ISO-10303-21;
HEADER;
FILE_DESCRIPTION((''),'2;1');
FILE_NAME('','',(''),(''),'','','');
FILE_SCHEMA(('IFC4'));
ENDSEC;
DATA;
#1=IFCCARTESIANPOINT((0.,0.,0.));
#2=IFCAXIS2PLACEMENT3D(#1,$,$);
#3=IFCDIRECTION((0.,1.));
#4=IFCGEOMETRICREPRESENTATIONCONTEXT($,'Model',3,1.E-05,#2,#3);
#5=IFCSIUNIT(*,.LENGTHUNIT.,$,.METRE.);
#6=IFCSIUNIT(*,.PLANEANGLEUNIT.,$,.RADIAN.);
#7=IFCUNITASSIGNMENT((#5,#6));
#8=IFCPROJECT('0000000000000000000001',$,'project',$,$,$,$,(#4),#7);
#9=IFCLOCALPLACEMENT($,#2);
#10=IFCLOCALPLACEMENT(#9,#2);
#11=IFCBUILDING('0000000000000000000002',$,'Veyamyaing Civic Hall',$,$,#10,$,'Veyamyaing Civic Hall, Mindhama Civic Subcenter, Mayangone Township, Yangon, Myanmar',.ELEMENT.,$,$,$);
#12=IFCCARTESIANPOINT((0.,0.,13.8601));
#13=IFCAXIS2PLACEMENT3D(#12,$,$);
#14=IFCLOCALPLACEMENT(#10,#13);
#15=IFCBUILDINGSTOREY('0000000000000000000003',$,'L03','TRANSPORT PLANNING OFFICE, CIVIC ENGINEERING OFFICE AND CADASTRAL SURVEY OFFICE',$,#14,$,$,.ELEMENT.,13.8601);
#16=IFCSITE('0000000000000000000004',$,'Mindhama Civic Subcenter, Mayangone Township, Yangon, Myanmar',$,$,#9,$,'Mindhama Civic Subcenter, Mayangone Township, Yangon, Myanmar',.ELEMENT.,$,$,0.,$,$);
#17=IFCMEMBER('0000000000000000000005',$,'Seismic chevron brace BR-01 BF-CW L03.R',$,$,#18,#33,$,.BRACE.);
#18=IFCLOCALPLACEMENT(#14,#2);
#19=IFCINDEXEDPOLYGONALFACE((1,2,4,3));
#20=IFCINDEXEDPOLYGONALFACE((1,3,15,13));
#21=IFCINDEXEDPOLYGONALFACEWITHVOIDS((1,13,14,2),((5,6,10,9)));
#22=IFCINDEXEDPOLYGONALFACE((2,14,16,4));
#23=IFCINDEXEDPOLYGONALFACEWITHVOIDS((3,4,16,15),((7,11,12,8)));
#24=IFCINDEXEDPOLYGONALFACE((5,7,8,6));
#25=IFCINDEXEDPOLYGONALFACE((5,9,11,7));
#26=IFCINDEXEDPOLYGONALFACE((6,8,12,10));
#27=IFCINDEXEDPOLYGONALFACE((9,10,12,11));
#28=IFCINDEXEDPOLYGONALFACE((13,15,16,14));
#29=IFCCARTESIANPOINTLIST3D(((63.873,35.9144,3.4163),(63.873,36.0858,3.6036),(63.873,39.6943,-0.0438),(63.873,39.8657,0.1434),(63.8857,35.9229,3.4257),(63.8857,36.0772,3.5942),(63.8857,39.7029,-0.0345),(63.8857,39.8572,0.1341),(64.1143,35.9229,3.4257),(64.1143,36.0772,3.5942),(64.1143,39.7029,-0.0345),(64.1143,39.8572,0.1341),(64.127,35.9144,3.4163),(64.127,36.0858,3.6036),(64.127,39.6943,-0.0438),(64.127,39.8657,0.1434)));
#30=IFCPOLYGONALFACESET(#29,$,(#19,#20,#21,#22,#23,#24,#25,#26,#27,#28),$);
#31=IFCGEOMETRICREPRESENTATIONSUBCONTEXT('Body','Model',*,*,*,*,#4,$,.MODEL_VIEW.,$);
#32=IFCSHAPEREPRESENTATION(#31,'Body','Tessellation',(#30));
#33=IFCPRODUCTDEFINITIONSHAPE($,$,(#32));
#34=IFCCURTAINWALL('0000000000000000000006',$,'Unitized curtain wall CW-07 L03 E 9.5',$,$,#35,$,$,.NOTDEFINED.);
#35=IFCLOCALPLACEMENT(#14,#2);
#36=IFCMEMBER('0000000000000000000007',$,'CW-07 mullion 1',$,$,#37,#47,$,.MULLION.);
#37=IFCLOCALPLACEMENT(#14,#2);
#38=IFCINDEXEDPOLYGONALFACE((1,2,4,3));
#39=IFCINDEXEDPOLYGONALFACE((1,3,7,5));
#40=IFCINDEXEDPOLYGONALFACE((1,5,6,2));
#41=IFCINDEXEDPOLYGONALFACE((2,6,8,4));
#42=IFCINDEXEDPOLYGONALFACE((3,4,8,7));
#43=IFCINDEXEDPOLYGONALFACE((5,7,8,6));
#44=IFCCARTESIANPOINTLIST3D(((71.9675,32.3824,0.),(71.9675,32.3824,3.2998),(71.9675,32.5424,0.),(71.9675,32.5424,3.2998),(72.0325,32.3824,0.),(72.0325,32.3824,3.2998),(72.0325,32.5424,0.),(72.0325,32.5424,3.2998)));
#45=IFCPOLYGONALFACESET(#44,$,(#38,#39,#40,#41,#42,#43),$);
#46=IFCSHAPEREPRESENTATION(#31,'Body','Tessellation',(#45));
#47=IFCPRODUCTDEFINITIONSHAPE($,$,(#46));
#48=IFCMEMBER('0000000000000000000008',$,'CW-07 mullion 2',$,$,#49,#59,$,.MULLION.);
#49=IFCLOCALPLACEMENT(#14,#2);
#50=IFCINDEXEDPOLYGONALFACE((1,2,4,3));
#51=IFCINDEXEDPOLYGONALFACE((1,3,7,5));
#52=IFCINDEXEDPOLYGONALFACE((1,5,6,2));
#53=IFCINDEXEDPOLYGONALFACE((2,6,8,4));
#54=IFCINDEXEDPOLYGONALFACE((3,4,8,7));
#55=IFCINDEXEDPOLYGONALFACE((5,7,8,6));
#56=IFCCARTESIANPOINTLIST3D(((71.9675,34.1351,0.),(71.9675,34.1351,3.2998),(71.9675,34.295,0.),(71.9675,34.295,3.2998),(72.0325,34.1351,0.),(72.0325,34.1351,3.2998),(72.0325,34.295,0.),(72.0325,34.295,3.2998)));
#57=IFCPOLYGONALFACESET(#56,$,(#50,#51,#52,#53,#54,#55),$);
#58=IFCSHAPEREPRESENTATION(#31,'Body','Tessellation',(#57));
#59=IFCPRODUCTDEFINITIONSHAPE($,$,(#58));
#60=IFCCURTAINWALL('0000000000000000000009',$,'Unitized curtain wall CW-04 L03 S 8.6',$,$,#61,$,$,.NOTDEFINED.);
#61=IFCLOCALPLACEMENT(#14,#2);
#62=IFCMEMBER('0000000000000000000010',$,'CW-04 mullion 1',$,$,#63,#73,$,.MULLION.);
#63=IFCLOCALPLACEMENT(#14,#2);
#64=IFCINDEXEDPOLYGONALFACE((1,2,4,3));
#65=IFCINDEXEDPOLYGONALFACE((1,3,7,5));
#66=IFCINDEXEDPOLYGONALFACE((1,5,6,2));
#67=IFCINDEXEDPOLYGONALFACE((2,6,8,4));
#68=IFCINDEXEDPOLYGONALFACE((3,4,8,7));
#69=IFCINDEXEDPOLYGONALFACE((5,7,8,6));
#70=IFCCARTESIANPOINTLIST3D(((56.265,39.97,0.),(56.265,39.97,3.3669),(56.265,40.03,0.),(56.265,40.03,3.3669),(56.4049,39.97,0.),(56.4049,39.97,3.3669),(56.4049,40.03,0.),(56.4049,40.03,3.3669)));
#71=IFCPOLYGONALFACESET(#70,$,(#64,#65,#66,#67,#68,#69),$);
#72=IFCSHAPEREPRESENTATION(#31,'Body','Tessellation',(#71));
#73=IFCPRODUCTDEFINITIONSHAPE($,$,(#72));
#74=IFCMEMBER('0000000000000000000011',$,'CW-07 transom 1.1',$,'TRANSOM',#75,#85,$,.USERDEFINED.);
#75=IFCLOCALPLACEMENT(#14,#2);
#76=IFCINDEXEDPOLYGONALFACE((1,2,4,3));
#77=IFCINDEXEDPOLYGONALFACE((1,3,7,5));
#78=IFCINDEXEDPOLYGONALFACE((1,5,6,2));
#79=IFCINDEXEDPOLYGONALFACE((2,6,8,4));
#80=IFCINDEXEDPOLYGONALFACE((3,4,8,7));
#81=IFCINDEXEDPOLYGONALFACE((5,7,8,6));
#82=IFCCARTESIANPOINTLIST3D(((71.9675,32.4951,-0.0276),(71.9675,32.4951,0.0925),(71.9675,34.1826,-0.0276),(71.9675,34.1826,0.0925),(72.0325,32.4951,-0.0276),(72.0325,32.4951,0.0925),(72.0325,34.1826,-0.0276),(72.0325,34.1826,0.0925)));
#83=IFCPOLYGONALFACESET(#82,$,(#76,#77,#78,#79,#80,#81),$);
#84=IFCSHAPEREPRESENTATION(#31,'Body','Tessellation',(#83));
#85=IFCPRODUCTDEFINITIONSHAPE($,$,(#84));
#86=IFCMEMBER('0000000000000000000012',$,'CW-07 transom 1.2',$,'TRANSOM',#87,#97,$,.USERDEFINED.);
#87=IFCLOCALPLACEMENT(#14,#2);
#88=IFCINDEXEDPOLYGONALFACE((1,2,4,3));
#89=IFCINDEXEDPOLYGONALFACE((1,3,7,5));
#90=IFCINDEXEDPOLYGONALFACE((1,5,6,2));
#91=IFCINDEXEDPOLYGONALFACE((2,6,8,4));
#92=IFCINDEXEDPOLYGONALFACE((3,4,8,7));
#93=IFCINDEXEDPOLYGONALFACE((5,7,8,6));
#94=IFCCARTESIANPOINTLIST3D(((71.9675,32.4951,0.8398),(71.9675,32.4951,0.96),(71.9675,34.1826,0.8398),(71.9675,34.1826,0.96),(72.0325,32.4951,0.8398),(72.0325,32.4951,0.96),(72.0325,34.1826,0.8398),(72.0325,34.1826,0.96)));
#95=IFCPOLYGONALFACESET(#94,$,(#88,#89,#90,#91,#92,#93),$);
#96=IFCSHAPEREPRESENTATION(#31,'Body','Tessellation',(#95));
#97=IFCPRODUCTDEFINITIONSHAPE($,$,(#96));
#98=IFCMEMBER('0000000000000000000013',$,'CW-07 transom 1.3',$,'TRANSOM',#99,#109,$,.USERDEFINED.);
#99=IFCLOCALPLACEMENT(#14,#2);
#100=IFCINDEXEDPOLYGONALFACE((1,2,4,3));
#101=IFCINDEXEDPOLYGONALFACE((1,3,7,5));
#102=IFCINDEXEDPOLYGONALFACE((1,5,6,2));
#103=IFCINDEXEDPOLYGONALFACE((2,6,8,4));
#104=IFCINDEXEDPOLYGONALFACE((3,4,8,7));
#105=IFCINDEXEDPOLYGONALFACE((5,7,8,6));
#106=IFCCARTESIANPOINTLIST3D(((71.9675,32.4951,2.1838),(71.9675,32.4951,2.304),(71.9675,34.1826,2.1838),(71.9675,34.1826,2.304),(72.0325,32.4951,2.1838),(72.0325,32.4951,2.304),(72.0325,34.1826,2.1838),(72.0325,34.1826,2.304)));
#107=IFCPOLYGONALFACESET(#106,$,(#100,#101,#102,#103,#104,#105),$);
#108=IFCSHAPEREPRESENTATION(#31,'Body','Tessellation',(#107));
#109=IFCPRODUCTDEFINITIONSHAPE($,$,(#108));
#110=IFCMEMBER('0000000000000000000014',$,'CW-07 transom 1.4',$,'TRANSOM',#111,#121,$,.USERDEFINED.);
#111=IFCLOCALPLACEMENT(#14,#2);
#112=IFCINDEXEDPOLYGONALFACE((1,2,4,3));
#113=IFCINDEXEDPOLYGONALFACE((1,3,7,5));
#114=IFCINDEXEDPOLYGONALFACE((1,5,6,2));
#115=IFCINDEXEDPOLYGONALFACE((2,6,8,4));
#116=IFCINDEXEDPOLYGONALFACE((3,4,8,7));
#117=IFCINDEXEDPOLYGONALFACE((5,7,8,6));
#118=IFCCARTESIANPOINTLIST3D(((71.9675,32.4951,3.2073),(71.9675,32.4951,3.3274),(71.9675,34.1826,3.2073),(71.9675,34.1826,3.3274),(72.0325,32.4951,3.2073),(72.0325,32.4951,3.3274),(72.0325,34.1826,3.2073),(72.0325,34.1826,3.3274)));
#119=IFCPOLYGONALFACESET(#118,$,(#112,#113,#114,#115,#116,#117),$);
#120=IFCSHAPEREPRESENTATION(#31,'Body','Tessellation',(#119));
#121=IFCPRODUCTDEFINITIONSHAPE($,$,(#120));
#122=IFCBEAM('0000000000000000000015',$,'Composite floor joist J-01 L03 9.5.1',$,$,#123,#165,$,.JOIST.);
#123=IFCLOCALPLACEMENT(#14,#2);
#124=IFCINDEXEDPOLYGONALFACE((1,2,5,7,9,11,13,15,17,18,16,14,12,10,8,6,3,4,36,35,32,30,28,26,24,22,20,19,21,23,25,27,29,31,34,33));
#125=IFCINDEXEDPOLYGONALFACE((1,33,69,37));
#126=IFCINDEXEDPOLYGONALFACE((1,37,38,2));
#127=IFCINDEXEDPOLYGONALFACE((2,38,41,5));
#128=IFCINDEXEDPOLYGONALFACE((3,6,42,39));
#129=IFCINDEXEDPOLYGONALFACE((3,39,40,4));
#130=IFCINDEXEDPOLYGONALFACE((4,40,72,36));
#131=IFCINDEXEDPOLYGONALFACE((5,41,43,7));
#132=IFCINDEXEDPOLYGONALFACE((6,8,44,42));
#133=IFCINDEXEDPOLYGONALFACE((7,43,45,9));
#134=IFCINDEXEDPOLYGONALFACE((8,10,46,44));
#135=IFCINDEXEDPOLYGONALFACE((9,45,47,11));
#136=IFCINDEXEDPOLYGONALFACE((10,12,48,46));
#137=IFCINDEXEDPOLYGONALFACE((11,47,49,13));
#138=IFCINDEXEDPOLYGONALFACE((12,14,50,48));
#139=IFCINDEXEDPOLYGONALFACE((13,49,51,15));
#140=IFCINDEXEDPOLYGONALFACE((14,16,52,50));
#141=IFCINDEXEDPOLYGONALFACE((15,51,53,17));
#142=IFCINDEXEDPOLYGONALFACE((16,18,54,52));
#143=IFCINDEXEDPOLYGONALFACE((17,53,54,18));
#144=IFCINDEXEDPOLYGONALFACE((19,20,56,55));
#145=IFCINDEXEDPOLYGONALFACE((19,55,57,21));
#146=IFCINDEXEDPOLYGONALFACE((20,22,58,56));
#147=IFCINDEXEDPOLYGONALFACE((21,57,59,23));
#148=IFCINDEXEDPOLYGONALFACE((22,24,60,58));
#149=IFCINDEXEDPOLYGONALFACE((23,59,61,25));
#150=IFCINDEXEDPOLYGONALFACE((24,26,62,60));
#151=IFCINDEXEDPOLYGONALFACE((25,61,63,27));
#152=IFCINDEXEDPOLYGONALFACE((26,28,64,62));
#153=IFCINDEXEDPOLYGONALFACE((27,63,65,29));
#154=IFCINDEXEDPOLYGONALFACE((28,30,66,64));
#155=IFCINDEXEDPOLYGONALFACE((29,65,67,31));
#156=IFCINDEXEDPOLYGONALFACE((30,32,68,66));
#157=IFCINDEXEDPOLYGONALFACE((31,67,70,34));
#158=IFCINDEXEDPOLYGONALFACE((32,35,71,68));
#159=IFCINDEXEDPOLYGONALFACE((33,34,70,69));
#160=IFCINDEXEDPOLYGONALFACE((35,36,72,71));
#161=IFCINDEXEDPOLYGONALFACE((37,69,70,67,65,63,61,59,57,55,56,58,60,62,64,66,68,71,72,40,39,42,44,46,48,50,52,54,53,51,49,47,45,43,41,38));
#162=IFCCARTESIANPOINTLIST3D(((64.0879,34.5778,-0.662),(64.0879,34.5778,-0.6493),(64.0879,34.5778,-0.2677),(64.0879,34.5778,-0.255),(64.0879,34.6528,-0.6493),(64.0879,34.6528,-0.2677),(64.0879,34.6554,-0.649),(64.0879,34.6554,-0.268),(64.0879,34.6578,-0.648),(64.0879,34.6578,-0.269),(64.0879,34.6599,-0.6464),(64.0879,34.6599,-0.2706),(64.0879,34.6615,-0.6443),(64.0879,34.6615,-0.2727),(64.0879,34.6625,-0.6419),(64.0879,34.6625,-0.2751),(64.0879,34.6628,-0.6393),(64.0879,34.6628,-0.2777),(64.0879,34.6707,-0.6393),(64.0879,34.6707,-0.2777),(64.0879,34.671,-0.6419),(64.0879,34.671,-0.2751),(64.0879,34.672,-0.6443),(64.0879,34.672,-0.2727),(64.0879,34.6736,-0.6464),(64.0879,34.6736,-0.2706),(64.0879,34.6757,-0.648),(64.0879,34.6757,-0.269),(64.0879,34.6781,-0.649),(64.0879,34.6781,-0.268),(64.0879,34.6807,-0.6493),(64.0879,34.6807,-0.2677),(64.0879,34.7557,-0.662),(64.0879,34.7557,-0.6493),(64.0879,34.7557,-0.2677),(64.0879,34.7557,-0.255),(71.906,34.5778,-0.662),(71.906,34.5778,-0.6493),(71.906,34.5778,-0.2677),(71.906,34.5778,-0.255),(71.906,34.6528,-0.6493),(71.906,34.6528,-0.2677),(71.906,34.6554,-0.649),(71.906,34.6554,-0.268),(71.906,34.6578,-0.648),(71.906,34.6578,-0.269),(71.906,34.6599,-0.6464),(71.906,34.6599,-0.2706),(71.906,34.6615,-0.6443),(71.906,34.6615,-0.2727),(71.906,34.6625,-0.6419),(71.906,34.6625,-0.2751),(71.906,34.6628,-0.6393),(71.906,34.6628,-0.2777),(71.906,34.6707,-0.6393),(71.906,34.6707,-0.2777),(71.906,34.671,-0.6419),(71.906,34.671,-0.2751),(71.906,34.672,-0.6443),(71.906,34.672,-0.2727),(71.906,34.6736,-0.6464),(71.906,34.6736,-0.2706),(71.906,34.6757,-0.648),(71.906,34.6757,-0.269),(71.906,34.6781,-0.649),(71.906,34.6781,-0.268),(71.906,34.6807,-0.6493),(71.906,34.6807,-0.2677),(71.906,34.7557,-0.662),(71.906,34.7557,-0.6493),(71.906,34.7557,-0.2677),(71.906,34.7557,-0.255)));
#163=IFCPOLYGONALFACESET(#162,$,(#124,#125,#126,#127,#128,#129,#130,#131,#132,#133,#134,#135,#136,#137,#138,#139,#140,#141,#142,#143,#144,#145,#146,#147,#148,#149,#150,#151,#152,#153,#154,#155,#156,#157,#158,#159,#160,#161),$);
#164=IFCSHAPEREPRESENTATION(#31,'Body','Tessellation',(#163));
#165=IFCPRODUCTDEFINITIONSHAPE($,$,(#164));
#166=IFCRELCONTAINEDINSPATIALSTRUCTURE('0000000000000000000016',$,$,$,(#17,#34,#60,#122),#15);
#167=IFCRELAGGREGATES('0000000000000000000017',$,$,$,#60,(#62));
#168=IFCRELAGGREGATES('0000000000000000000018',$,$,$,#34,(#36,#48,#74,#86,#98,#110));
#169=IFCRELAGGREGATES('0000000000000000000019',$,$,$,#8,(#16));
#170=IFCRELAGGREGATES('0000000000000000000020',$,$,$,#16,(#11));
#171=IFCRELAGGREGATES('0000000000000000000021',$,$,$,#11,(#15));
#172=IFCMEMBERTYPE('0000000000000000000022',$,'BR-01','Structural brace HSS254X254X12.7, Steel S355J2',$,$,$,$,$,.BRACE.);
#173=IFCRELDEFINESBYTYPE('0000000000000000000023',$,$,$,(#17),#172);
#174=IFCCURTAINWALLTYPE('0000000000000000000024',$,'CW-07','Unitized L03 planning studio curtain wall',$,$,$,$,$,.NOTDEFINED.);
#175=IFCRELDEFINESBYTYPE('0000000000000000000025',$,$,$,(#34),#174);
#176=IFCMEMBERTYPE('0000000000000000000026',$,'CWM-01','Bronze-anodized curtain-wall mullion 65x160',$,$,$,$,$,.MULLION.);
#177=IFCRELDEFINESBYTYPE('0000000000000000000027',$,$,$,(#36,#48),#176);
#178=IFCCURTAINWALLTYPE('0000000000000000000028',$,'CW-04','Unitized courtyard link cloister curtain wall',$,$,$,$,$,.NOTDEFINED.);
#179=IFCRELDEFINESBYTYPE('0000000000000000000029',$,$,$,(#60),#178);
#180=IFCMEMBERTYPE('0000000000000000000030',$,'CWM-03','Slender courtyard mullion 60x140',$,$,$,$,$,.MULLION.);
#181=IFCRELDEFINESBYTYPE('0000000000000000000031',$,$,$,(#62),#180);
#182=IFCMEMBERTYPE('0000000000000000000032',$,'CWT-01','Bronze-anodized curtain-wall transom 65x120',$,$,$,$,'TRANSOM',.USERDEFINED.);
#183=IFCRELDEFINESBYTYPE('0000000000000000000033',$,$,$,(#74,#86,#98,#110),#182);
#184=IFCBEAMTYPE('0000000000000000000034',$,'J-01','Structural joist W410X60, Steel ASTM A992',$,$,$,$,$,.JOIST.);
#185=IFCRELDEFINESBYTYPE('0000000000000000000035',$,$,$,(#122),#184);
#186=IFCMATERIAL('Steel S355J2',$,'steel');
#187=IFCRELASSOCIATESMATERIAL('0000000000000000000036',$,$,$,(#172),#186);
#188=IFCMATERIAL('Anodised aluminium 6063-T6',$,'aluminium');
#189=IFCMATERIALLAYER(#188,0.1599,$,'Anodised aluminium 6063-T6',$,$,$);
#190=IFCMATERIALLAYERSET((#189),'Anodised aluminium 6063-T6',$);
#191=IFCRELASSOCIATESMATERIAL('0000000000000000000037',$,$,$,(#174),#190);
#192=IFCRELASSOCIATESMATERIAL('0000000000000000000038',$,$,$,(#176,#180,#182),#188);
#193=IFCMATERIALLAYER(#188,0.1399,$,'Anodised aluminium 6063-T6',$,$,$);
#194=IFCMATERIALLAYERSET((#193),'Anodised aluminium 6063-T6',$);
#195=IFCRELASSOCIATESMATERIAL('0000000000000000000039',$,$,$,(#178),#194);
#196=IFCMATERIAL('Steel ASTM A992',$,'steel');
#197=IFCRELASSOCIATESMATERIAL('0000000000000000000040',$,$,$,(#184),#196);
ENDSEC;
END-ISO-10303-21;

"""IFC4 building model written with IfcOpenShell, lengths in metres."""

from ifc_helpers import new_model, si_unit, direction, frame, origin, origin_2d, place, context, subcontext, project, spatial, rectangle, hollow_rectangle, i_section, extrude, material, layer, layer_set, material_profile, profile_set, type_object, element, aggregate, save


model = new_model("IFC4")

# Units and contexts
model_context = context("Model", 3, precision=1e-05, world=origin(), true_north=direction((0.0, 1.0)))
body_context = subcontext(model_context, "Body", "Model", "MODEL_VIEW")
ifc_project = project(units=[si_unit("LENGTHUNIT", "METRE"), si_unit("PLANEANGLEUNIT", "RADIAN")], contexts=[model_context])

# Site, building, storey
site_placement = place(None, origin())
site = spatial("IfcSite", under=ifc_project, at=site_placement, Name="Mindhama Civic Subcenter, Mayangone Township, Yangon, Myanmar", LongName="Mindhama Civic Subcenter, Mayangone Township, Yangon, Myanmar", CompositionType="ELEMENT", RefElevation=0.0)
building_placement = place(site_placement, origin())
building = spatial("IfcBuilding", under=site, at=building_placement, Name="Veyamyaing Civic Hall", LongName="Veyamyaing Civic Hall, Mindhama Civic Subcenter, Mayangone Township, Yangon, Myanmar", CompositionType="ELEMENT")
storey_placement = place(building_placement, frame((0.0, 0.0, 13.8601)))
storey = spatial("IfcBuildingStorey", under=building, at=storey_placement, Name="L03", Description="TRANSPORT PLANNING OFFICE, CIVIC ENGINEERING OFFICE AND CADASTRAL SURVEY OFFICE", CompositionType="ELEMENT", Elevation=13.8601)

# Shared definitions
ifc_material_1 = material(Name="Steel ASTM A992", Category="steel")

# Member
ifc_material_2 = material(Name="Steel S355J2", Category="steel")
ifc_material_profile_1 = material_profile(ifc_material_2, hollow_rectangle(XDim=0.2539, YDim=0.2539, WallThickness=0.0127, at=origin_2d()), Name="HSS254X254X12.7")
ifc_profile_set_1 = profile_set([ifc_material_profile_1], Name="Steel S355J2")
member_type_1 = type_object("IfcMemberType", Name="BR-01", Description="Structural brace HSS254X254X12.7, Steel S355J2", PredefinedType="BRACE", material=ifc_profile_set_1)
for number, where, z_axis, x_axis, name in (
    (1, (64.0, 39.78, 0.0498), (0.0, -0.737623, 0.675213), (1.0, 0.0, 0.0), "Seismic chevron brace BR-01 BF-CW L03.R"),
):
    element("IfcMember", number, at=place(storey_placement, frame(where, z_axis=z_axis, x_axis=x_axis)), inside=storey, type_object=member_type_1, Name=name, PredefinedType="BRACE", context=body_context, shape_type="SweptSolid", body=[
        extrude(hollow_rectangle(XDim=0.2539, YDim=0.2539, WallThickness=0.0127, at=origin_2d()), origin(), (0.0, 0.0, 1.0), 5.1245),
    ])

# Curtain wall, members
ifc_material_3 = material(Name="Anodised aluminium 6063-T6", Category="aluminium")
ifc_layer_1 = layer(ifc_material_3, 0.1599, Name="Anodised aluminium 6063-T6")
ifc_layer_set_1 = layer_set([ifc_layer_1], Name="Anodised aluminium 6063-T6")
curtain_wall_type_1 = type_object("IfcCurtainWallType", Name="CW-07", Description="Unitized L03 planning studio curtain wall", PredefinedType="NOTDEFINED", material=ifc_layer_set_1)
curtain_wall_1_placement = place(storey_placement, origin())
curtain_wall_1 = element("IfcCurtainWall", 2, at=curtain_wall_1_placement, inside=storey, type_object=curtain_wall_type_1, Name="Unitized curtain wall CW-07 L03 E 9.5", PredefinedType="NOTDEFINED")
ifc_material_profile_2 = material_profile(ifc_material_3, rectangle(XDim=0.0649, YDim=0.1599, at=origin_2d()), Name="ALU-MUL-65X160")
ifc_profile_set_2 = profile_set([ifc_material_profile_2], Name="Anodised aluminium 6063-T6")
member_type_2 = type_object("IfcMemberType", Name="CWM-01", Description="Bronze-anodized curtain-wall mullion 65x160", PredefinedType="MULLION", material=ifc_profile_set_2)
member_1_placement = place(storey_placement, frame((72.0, 32.4624, 0.0), z_axis=(0.0, 0.0, 1.0), x_axis=(-1.0, 0.0, 0.0)))
member_1 = element("IfcMember", 3, at=member_1_placement, type_object=member_type_2, Name="CW-07 mullion 1", PredefinedType="MULLION", context=body_context, shape_type="SweptSolid", body=[
    extrude(rectangle(XDim=0.0649, YDim=0.1599, at=origin_2d()), origin(), (0.0, 0.0, 1.0), 3.2998),
])
member_2_placement = place(storey_placement, frame((72.0, 34.2151, 0.0), z_axis=(0.0, 0.0, 1.0), x_axis=(-1.0, 0.0, 0.0)))
member_2 = element("IfcMember", 4, at=member_2_placement, type_object=member_type_2, Name="CW-07 mullion 2", PredefinedType="MULLION", context=body_context, shape_type="SweptSolid", body=[
    extrude(rectangle(XDim=0.0649, YDim=0.1599, at=origin_2d()), origin(), (0.0, 0.0, 1.0), 3.2998),
])

# Curtain wall, member
ifc_layer_2 = layer(ifc_material_3, 0.1399, Name="Anodised aluminium 6063-T6")
ifc_layer_set_2 = layer_set([ifc_layer_2], Name="Anodised aluminium 6063-T6")
curtain_wall_type_2 = type_object("IfcCurtainWallType", Name="CW-04", Description="Unitized courtyard link cloister curtain wall", PredefinedType="NOTDEFINED", material=ifc_layer_set_2)
curtain_wall_2_placement = place(storey_placement, origin())
curtain_wall_2 = element("IfcCurtainWall", 5, at=curtain_wall_2_placement, inside=storey, type_object=curtain_wall_type_2, Name="Unitized curtain wall CW-04 L03 S 8.6", PredefinedType="NOTDEFINED")
ifc_material_profile_3 = material_profile(ifc_material_3, rectangle(XDim=0.0601, YDim=0.1399, at=origin_2d()), Name="ALU-MUL-60X140")
ifc_profile_set_3 = profile_set([ifc_material_profile_3], Name="Anodised aluminium 6063-T6")
member_type_3 = type_object("IfcMemberType", Name="CWM-03", Description="Slender courtyard mullion 60x140", PredefinedType="MULLION", material=ifc_profile_set_3)
member_3_placement = place(storey_placement, frame((56.335, 40.0, 0.0), z_axis=(0.0, 0.0, 1.0), x_axis=(0.0, 1.0, 0.0)))
member_3 = element("IfcMember", 6, at=member_3_placement, type_object=member_type_3, Name="CW-04 mullion 1", PredefinedType="MULLION", context=body_context, shape_type="SweptSolid", body=[
    extrude(rectangle(XDim=0.0601, YDim=0.1399, at=origin_2d()), origin(), (0.0, 0.0, 1.0), 3.3669),
])
aggregate(curtain_wall_2, [member_3])

# Members
ifc_material_profile_4 = material_profile(ifc_material_3, rectangle(XDim=0.0649, YDim=0.1201, at=origin_2d()), Name="ALU-TRN-65X120")
ifc_profile_set_4 = profile_set([ifc_material_profile_4], Name="Anodised aluminium 6063-T6")
member_type_4 = type_object("IfcMemberType", Name="CWT-01", Description="Bronze-anodized curtain-wall transom 65x120", ElementType="TRANSOM", PredefinedType="USERDEFINED", material=ifc_profile_set_4)
member_4_placement = place(storey_placement, frame((72.0, 32.4951, 0.0325), z_axis=(0.0, 1.0, 0.0), x_axis=(-1.0, 0.0, 0.0)))
member_4 = element("IfcMember", 7, at=member_4_placement, type_object=member_type_4, Name="CW-07 transom 1.1", ObjectType="TRANSOM", PredefinedType="USERDEFINED", context=body_context, shape_type="SweptSolid", body=[
    extrude(rectangle(XDim=0.0649, YDim=0.1201, at=origin_2d()), origin(), (0.0, 0.0, 1.0), 1.6875),
])
member_5_placement = place(storey_placement, frame((72.0, 32.4951, 0.8999), z_axis=(0.0, 1.0, 0.0), x_axis=(-1.0, 0.0, 0.0)))
member_5 = element("IfcMember", 8, at=member_5_placement, type_object=member_type_4, Name="CW-07 transom 1.2", ObjectType="TRANSOM", PredefinedType="USERDEFINED", context=body_context, shape_type="SweptSolid", body=[
    extrude(rectangle(XDim=0.0649, YDim=0.1201, at=origin_2d()), origin(), (0.0, 0.0, 1.0), 1.6875),
])
member_6_placement = place(storey_placement, frame((72.0, 32.4951, 2.2439), z_axis=(0.0, 1.0, 0.0), x_axis=(-1.0, 0.0, 0.0)))
member_6 = element("IfcMember", 9, at=member_6_placement, type_object=member_type_4, Name="CW-07 transom 1.3", ObjectType="TRANSOM", PredefinedType="USERDEFINED", context=body_context, shape_type="SweptSolid", body=[
    extrude(rectangle(XDim=0.0649, YDim=0.1201, at=origin_2d()), origin(), (0.0, 0.0, 1.0), 1.6875),
])
member_7_placement = place(storey_placement, frame((72.0, 32.4951, 3.2673), z_axis=(0.0, 1.0, 0.0), x_axis=(-1.0, 0.0, 0.0)))
member_7 = element("IfcMember", 10, at=member_7_placement, type_object=member_type_4, Name="CW-07 transom 1.4", ObjectType="TRANSOM", PredefinedType="USERDEFINED", context=body_context, shape_type="SweptSolid", body=[
    extrude(rectangle(XDim=0.0649, YDim=0.1201, at=origin_2d()), origin(), (0.0, 0.0, 1.0), 1.6875),
])

# Beam
ifc_material_profile_5 = material_profile(ifc_material_1, i_section(OverallWidth=0.178, OverallDepth=0.407, WebThickness=0.0078, FlangeThickness=0.0127, FilletRadius=0.01, at=origin_2d()), Name="W410X60")
ifc_profile_set_5 = profile_set([ifc_material_profile_5], Name="Steel ASTM A992")
beam_type_1 = type_object("IfcBeamType", Name="J-01", Description="Structural joist W410X60, Steel ASTM A992", PredefinedType="JOIST", material=ifc_profile_set_5)
for number, where, z_axis, x_axis, name in (
    (11, (64.0879, 34.6667, -0.4585), (1.0, 0.0, 0.0), (0.0, 1.0, 0.0), "Composite floor joist J-01 L03 9.5.1"),
):
    element("IfcBeam", number, at=place(storey_placement, frame(where, z_axis=z_axis, x_axis=x_axis)), inside=storey, type_object=beam_type_1, Name=name, PredefinedType="JOIST", context=body_context, shape_type="SweptSolid", body=[
        extrude(i_section(OverallWidth=0.178, OverallDepth=0.407, WebThickness=0.0078, FlangeThickness=0.0127, FilletRadius=0.01, at=origin_2d()), origin(), (0.0, 0.0, 1.0), 7.8181),
    ])

aggregate(curtain_wall_1, [member_1, member_2, member_4, member_5, member_6, member_7])

save(model, "model.ifc")
